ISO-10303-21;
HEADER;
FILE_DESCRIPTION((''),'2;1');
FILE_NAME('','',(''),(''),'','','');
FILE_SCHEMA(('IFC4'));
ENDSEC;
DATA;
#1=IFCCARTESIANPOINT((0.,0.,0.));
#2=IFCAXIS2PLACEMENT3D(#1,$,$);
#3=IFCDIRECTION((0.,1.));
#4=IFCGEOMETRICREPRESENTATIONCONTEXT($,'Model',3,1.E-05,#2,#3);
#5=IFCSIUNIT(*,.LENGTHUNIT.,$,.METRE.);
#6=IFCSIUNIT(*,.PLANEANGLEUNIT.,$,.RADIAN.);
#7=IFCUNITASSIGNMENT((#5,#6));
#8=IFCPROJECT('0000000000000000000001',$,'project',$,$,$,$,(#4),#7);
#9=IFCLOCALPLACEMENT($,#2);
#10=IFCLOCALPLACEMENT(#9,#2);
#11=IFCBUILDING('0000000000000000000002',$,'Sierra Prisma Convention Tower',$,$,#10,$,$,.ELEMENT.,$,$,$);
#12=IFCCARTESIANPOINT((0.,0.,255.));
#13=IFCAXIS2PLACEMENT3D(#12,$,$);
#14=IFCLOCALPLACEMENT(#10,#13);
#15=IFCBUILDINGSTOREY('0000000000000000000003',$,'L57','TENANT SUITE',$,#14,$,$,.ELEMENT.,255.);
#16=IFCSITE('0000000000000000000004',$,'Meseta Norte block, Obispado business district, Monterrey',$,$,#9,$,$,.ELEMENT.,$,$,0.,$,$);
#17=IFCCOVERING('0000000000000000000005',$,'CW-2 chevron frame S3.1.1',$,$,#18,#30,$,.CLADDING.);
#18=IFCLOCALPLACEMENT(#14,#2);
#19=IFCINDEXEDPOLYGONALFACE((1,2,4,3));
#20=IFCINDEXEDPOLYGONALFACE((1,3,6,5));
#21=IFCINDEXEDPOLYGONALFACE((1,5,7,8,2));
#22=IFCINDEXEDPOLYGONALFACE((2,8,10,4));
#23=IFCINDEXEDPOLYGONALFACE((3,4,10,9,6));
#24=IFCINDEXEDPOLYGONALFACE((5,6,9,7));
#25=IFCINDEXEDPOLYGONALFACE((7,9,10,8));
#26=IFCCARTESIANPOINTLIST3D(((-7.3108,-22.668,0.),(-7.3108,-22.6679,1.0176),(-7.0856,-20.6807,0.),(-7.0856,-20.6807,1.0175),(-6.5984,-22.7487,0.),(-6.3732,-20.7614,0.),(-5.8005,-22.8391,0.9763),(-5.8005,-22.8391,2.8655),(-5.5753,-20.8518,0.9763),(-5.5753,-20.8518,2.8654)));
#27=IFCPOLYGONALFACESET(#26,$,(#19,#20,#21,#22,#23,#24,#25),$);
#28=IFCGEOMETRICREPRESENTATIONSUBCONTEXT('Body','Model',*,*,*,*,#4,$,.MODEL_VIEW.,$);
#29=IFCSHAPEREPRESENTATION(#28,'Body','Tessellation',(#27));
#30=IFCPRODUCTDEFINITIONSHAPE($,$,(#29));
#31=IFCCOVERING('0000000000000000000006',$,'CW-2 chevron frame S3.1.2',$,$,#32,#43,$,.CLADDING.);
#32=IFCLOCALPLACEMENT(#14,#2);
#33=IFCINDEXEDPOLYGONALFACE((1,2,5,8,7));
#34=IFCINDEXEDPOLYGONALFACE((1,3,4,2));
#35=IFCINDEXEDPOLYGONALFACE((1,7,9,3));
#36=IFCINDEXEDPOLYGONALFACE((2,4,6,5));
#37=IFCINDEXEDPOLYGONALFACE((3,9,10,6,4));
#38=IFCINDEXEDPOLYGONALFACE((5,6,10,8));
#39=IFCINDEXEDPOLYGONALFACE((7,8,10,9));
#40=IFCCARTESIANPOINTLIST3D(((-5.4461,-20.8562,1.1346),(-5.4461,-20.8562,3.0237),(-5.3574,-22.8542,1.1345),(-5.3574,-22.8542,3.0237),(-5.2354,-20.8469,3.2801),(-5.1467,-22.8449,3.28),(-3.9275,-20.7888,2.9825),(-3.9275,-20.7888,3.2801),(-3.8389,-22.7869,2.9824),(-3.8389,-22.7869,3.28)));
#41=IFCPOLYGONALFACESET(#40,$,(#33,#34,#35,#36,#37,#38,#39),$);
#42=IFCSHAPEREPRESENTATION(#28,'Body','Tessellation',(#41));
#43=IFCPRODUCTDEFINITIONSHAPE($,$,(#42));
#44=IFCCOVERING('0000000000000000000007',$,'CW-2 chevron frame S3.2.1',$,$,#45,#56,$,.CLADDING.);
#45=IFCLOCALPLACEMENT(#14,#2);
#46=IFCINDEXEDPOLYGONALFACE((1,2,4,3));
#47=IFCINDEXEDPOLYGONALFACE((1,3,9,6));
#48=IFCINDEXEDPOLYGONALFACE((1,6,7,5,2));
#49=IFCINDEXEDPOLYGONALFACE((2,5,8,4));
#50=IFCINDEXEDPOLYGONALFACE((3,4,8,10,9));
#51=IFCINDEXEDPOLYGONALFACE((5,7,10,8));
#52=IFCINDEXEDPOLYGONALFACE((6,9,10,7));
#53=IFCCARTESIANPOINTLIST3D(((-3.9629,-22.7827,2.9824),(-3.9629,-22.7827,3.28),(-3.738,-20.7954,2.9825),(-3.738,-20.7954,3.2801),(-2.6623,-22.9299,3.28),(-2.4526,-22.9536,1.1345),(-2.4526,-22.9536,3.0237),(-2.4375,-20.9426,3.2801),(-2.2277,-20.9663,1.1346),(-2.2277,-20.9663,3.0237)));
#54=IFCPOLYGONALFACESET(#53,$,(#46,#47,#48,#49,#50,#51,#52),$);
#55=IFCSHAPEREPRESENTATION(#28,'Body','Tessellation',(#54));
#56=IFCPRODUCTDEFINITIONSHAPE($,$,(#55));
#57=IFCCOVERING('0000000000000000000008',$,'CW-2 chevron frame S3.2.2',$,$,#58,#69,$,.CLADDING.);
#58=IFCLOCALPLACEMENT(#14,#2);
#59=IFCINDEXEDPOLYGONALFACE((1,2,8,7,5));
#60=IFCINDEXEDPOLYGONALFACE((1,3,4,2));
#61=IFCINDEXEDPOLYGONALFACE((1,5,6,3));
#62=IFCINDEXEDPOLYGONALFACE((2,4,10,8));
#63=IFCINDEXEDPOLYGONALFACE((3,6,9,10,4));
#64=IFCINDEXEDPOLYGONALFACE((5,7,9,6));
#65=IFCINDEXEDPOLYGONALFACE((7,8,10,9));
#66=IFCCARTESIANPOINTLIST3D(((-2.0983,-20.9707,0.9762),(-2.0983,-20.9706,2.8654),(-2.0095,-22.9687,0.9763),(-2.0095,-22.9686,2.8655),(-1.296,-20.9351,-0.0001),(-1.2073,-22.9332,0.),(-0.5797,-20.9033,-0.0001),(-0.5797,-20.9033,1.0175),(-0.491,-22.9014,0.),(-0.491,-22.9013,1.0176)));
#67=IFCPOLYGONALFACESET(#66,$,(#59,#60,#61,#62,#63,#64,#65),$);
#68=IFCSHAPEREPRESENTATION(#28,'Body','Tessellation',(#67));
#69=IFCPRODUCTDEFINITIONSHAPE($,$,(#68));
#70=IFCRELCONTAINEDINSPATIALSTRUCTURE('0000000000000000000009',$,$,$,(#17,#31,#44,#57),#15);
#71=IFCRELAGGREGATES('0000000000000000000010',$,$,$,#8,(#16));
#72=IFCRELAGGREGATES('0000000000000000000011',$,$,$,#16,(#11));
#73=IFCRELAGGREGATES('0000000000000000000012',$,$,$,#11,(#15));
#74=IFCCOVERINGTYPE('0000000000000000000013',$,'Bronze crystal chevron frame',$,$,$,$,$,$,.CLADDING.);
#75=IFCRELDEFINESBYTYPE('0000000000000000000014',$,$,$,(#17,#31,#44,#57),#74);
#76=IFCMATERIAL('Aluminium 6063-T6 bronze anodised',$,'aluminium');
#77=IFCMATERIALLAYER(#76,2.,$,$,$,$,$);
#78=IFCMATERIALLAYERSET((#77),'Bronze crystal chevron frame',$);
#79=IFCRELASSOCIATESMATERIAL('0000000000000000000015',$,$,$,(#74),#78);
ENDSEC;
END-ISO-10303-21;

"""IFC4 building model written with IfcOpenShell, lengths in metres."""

from ifc_helpers import new_model, si_unit, direction, frame, origin, place, context, subcontext, project, spatial, polyline, outline, extrude, material, layer, layer_set, type_object, element, save


model = new_model("IFC4")

# Units and contexts
model_context = context("Model", 3, precision=1e-05, world=origin(), true_north=direction((0.0, 1.0)))
body_context = subcontext(model_context, "Body", "Model", "MODEL_VIEW")
ifc_project = project(units=[si_unit("LENGTHUNIT", "METRE"), si_unit("PLANEANGLEUNIT", "RADIAN")], contexts=[model_context])

# Site, building, storey
site_placement = place(None, origin())
site = spatial("IfcSite", under=ifc_project, at=site_placement, Name="Meseta Norte block, Obispado business district, Monterrey", CompositionType="ELEMENT", RefElevation=0.0)
building_placement = place(site_placement, origin())
building = spatial("IfcBuilding", under=site, at=building_placement, Name="Sierra Prisma Convention Tower", CompositionType="ELEMENT")
storey_placement = place(building_placement, frame((0.0, 0.0, 255.0)))
storey = spatial("IfcBuildingStorey", under=building, at=storey_placement, Name="L57", Description="TENANT SUITE", CompositionType="ELEMENT", Elevation=255.0)

# Coverings
ifc_material_1 = material(Name="Aluminium 6063-T6 bronze anodised", Category="aluminium")
ifc_layer_1 = layer(ifc_material_1, 2.0)
ifc_layer_set_1 = layer_set([ifc_layer_1], Name="Bronze crystal chevron frame")
covering_type = type_object("IfcCoveringType", Name="Bronze crystal chevron frame", PredefinedType="CLADDING", material=ifc_layer_set_1)
covering_1_placement = place(storey_placement, frame((-7.3108, -22.668, 0.0), z_axis=(-0.112615, -0.993639, 0.000024), x_axis=(0.993639, -0.112615, 0.0)))
element("IfcCovering", 1, at=covering_1_placement, inside=storey, type_object=covering_type, Name="CW-2 chevron frame S3.1.1", PredefinedType="CLADDING", context=body_context, shape_type="SweptSolid", body=[
    extrude(outline(polyline([(0.0, 0.0), (0.717, 0.0), (1.5199, 0.9763), (1.5199, 2.8655), (0.0, 1.0176), (0.0, 0.0)])), origin(), (0.0, 0.0, -1.0), 2.0),
])
covering_2_placement = place(storey_placement, frame((-5.3574, -22.8542, 3.0237), z_axis=(0.044334, -0.999017, -0.00003), x_axis=(-0.000001, 0.00003, -1.0)))
element("IfcCovering", 2, at=covering_2_placement, inside=storey, type_object=covering_type, Name="CW-2 chevron frame S3.1.2", PredefinedType="CLADDING", context=body_context, shape_type="SweptSolid", body=[
    extrude(outline(polyline([(0.0, 0.0), (1.8892, 0.0), (0.0413, 1.52), (-0.2563, 1.52), (-0.2563, 0.2109), (0.0, 0.0)])), origin(), (0.0, 0.0, -1.0), 2.0),
])
covering_3_placement = place(storey_placement, frame((-3.9629, -22.7827, 3.28), z_axis=(-0.112445, -0.993658, -0.00002), x_axis=(0.000002, 0.00002, -1.0)))
element("IfcCovering", 3, at=covering_3_placement, inside=storey, type_object=covering_type, Name="CW-2 chevron frame S3.2.1", PredefinedType="CLADDING", context=body_context, shape_type="SweptSolid", body=[
    extrude(outline(polyline([(0.0, 0.0), (0.2976, 0.0), (2.1455, 1.5199), (0.2563, 1.5199), (0.0, 1.3088), (0.0, 0.0)])), origin(), (0.0, 0.0, -1.0), 2.0),
])
covering_4_placement = place(storey_placement, frame((-0.491, -22.9014, 0.0), z_axis=(0.044367, -0.999015, 0.000059), x_axis=(-0.000003, 0.000059, 1.0)))
element("IfcCovering", 4, at=covering_4_placement, inside=storey, type_object=covering_type, Name="CW-2 chevron frame S3.2.2", PredefinedType="CLADDING", context=body_context, shape_type="SweptSolid", body=[
    extrude(outline(polyline([(0.0, 0.0), (1.0176, 0.0), (2.8655, 1.52), (0.9763, 1.52), (0.0, 0.717), (0.0, 0.0)])), origin(), (0.0, 0.0, -1.0), 2.0),
])

save(model, "model.ifc")
